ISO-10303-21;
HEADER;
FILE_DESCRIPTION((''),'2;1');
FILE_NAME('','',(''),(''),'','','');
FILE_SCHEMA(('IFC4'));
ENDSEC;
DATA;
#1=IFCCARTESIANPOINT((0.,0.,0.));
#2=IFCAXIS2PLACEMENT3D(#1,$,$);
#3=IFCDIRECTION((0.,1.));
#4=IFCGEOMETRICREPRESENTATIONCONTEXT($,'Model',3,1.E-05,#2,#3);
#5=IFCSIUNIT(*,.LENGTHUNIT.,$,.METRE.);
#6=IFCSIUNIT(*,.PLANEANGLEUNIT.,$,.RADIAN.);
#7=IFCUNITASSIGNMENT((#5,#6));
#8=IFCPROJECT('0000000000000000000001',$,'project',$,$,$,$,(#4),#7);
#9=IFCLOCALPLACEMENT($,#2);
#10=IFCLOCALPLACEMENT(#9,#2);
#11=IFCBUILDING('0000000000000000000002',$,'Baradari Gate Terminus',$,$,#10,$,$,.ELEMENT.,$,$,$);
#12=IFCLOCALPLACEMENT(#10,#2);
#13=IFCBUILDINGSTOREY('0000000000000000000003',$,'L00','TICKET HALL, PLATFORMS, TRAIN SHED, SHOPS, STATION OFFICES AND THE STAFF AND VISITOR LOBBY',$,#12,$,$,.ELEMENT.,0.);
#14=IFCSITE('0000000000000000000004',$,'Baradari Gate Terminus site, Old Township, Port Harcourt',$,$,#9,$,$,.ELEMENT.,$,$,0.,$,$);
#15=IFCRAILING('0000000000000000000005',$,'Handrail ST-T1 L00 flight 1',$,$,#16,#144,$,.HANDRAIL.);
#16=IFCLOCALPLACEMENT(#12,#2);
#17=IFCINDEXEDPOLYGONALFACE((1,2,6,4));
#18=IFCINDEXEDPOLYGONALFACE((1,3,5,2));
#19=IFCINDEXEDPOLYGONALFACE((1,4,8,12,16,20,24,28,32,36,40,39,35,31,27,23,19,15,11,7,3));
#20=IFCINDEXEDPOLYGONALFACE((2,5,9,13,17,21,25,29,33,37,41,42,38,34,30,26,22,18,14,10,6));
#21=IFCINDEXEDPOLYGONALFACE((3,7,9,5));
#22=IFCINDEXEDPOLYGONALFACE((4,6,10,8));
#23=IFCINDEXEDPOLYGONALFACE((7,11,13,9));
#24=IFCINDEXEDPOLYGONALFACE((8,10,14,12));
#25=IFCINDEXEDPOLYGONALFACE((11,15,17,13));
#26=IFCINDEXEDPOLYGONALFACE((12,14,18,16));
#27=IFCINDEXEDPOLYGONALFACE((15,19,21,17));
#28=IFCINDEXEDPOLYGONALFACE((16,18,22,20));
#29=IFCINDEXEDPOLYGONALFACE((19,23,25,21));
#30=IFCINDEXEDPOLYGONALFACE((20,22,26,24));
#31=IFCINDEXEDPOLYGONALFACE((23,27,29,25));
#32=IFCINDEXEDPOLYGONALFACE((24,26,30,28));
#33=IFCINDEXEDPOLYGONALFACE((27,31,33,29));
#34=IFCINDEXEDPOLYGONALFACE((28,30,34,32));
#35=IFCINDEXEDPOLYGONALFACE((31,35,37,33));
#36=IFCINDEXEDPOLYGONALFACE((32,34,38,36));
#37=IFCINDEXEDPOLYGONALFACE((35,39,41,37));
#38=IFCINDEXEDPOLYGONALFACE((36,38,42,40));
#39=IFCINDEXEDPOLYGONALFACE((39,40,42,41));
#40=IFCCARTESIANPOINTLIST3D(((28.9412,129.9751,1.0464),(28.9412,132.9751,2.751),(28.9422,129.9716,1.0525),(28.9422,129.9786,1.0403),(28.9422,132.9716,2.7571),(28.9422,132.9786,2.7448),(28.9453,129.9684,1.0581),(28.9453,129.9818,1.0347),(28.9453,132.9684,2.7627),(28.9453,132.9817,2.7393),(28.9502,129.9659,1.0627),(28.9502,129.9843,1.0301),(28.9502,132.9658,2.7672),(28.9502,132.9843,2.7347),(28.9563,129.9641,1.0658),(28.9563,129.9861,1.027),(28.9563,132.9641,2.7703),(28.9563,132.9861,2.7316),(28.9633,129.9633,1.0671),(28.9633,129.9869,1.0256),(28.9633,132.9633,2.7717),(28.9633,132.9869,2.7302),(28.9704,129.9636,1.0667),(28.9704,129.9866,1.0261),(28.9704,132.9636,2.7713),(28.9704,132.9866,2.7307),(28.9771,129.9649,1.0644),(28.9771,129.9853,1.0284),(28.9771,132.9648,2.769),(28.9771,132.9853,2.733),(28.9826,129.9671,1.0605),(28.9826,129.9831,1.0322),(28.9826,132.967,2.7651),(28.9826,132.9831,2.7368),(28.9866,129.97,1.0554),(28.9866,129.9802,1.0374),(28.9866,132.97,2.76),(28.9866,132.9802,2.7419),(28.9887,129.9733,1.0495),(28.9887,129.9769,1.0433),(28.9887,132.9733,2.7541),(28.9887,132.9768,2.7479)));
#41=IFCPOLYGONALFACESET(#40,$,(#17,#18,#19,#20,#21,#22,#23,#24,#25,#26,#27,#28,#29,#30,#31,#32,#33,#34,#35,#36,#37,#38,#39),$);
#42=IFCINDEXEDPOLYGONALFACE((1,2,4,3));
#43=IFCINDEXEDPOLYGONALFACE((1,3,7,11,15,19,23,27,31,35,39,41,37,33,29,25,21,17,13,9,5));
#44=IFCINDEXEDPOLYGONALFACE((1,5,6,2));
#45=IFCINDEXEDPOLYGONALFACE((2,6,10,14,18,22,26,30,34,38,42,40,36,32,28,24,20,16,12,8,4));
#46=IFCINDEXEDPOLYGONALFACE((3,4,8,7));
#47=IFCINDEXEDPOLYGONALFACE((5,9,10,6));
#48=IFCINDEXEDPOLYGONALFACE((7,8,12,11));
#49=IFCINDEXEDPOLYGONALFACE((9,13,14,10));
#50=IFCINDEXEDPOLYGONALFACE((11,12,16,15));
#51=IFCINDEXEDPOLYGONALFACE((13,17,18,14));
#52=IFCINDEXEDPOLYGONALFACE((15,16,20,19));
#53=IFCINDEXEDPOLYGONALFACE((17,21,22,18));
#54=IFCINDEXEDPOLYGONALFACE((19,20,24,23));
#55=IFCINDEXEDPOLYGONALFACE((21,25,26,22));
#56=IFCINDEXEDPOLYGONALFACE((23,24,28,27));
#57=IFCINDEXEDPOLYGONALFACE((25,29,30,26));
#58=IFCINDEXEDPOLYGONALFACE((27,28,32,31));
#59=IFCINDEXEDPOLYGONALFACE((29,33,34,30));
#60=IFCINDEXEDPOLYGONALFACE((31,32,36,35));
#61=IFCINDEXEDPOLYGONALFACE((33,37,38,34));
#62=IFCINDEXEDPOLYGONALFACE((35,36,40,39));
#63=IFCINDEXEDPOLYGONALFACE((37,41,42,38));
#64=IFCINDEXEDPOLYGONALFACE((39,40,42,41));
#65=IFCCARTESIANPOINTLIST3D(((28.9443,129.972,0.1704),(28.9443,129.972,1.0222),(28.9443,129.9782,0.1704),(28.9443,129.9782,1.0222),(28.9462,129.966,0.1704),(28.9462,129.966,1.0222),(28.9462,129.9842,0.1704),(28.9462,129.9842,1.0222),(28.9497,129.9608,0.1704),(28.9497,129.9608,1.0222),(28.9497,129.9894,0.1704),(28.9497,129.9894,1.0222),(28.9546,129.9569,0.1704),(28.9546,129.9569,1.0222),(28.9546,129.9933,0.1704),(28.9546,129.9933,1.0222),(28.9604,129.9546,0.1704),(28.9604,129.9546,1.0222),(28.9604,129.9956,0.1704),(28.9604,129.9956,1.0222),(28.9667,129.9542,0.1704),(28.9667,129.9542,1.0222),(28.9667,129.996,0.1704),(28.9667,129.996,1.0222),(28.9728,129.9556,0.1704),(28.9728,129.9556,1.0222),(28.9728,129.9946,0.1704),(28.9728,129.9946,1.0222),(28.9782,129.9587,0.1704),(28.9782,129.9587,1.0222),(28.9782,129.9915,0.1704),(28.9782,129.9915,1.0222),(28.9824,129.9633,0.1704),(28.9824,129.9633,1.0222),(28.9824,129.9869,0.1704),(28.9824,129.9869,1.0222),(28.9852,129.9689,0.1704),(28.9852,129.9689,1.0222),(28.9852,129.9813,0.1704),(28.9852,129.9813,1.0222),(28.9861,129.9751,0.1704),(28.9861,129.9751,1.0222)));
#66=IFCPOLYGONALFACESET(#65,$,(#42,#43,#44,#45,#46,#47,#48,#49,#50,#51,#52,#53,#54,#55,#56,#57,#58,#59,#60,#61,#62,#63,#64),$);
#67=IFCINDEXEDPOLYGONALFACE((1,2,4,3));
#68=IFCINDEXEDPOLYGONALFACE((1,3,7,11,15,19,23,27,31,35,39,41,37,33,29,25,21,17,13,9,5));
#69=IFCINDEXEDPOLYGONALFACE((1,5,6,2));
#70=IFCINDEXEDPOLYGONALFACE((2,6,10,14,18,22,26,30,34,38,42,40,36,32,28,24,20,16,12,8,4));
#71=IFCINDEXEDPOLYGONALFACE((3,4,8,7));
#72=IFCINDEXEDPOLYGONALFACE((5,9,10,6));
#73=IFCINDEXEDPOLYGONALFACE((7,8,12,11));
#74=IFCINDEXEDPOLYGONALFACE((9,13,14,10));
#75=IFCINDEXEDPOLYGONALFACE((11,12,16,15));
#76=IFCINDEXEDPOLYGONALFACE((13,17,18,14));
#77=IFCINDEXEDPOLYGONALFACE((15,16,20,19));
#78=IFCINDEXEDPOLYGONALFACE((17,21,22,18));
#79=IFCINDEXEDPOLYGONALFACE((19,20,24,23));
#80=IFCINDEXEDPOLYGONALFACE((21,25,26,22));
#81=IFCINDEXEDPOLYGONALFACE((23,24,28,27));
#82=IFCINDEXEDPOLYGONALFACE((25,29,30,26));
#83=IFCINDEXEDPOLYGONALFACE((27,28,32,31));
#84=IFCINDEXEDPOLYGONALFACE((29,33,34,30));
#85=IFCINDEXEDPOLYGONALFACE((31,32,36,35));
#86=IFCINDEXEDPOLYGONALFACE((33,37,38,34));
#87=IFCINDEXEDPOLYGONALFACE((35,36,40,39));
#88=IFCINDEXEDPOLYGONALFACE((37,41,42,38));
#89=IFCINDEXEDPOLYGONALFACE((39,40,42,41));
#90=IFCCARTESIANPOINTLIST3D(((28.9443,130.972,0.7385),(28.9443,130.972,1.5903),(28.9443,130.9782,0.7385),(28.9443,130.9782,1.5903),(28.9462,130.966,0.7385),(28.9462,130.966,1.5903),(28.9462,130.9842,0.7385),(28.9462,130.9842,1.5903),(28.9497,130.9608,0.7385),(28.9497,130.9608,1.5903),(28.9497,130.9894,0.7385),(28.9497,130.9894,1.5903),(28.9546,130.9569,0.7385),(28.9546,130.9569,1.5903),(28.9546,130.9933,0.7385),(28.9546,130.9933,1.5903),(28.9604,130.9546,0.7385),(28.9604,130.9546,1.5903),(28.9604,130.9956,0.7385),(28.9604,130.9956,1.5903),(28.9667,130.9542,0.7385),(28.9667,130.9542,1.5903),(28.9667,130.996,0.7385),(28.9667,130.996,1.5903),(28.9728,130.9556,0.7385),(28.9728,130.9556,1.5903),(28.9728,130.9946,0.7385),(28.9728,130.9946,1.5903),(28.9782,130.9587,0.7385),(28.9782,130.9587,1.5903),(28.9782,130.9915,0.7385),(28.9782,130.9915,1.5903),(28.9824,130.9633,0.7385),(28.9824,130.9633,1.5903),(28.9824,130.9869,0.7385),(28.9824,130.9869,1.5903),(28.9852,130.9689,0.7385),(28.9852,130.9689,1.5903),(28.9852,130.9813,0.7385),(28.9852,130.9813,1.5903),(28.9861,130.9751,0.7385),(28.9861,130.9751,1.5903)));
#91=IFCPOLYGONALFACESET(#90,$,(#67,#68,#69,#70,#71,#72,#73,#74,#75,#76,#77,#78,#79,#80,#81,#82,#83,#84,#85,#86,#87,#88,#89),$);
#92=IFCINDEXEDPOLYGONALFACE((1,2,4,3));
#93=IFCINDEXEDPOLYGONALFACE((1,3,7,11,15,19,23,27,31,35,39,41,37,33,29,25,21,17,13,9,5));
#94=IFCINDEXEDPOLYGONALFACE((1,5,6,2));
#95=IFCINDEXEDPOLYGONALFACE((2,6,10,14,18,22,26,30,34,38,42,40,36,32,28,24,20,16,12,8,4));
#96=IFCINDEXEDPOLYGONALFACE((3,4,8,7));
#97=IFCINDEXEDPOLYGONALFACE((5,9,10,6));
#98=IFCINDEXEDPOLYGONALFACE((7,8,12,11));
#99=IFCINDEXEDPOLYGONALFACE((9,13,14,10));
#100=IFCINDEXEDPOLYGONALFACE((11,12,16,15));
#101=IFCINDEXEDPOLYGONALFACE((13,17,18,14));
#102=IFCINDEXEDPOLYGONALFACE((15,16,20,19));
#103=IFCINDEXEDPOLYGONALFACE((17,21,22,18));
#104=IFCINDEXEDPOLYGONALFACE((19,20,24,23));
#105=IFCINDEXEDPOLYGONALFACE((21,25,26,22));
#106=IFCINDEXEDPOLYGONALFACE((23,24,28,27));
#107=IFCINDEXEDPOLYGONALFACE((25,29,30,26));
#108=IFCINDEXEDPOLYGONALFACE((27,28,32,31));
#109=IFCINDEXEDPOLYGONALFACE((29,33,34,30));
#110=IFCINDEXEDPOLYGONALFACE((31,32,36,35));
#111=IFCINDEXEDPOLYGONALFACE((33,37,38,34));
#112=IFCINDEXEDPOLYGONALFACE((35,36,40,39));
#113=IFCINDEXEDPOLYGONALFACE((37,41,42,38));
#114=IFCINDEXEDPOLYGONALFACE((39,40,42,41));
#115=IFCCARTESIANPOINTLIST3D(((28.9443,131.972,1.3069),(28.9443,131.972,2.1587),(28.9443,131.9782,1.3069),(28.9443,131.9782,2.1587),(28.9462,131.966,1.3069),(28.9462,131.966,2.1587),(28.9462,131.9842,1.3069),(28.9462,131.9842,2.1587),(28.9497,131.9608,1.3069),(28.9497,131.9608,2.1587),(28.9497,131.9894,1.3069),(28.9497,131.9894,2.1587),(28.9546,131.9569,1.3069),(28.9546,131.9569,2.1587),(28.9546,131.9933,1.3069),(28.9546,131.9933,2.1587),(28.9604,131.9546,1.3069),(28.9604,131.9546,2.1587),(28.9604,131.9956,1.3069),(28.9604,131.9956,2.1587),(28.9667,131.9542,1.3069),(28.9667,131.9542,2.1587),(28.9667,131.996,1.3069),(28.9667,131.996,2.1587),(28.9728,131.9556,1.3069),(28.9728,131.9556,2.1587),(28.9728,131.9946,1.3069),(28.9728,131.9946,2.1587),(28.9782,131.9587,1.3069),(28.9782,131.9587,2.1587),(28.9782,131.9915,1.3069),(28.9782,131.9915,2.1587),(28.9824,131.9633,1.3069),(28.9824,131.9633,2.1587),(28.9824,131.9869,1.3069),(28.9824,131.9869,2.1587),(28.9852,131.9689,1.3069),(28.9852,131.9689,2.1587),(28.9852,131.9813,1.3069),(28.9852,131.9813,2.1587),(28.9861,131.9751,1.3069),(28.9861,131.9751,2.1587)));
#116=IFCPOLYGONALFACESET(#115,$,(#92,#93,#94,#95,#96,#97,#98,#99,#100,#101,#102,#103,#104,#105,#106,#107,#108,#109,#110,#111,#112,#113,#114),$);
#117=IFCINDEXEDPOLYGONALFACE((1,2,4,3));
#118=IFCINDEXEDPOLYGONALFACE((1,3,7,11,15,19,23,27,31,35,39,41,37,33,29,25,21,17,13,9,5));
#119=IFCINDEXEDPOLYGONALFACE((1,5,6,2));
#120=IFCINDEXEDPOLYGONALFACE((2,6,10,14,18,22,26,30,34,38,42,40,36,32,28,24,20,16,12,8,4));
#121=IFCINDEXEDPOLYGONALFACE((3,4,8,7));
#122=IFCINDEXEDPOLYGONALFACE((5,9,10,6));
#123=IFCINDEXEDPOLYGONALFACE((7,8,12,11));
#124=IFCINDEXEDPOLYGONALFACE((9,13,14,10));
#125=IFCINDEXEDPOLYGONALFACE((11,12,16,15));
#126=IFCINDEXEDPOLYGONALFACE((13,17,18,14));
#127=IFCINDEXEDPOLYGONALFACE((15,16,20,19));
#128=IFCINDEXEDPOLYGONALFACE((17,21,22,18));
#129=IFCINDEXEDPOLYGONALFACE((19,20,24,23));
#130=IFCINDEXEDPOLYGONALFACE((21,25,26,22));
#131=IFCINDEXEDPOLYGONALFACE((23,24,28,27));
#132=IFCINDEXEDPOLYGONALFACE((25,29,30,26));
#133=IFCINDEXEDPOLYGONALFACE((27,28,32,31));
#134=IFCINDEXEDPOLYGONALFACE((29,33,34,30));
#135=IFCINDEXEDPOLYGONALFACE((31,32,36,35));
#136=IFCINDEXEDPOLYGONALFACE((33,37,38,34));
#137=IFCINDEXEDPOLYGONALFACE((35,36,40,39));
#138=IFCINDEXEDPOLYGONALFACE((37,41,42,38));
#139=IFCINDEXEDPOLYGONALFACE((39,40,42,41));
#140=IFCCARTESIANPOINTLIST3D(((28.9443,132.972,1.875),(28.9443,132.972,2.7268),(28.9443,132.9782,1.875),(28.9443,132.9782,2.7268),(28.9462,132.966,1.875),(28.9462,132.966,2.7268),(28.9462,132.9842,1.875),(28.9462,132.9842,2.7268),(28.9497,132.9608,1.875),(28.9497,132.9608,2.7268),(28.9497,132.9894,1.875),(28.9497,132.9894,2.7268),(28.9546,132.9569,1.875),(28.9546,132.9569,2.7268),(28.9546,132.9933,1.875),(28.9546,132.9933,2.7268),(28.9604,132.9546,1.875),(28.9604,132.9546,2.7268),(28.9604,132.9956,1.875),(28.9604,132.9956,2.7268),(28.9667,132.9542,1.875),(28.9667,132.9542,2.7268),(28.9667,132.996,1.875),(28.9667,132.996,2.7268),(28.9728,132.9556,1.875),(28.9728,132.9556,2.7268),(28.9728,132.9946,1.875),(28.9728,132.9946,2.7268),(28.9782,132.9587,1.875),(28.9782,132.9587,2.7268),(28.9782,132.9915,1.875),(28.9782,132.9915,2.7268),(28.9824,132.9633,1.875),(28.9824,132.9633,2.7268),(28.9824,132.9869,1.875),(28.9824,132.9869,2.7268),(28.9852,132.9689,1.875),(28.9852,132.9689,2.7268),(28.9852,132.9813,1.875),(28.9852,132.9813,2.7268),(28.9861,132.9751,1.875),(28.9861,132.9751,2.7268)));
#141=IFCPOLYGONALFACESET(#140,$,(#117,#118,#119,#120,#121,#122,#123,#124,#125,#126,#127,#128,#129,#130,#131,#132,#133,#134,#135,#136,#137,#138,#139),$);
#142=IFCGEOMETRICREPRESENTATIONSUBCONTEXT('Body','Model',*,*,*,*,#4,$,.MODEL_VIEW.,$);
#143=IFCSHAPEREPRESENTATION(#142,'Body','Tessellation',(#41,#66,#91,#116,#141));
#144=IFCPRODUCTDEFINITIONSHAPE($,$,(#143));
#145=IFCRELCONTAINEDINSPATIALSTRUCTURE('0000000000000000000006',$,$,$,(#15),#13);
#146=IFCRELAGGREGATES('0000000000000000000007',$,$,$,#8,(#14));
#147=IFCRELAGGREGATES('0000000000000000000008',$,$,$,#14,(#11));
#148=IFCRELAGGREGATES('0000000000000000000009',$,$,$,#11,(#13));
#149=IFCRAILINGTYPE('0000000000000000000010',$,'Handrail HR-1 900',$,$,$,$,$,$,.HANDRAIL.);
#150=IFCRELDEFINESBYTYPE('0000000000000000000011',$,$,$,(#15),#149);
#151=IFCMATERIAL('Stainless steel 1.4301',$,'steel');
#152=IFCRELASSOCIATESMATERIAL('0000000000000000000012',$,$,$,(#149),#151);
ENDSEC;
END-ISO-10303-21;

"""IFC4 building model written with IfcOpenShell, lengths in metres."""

from ifc_helpers import new_model, si_unit, direction, frame, origin, origin_2d, place, context, subcontext, project, spatial, circle, extrude, material, type_object, element, save


model = new_model("IFC4")

# Units and contexts
model_context = context("Model", 3, precision=1e-05, world=origin(), true_north=direction((0.0, 1.0)))
body_context = subcontext(model_context, "Body", "Model", "MODEL_VIEW")
ifc_project = project(units=[si_unit("LENGTHUNIT", "METRE"), si_unit("PLANEANGLEUNIT", "RADIAN")], contexts=[model_context])

# Site, building, storey
site_placement = place(None, origin())
site = spatial("IfcSite", under=ifc_project, at=site_placement, Name="Baradari Gate Terminus site, Old Township, Port Harcourt", CompositionType="ELEMENT", RefElevation=0.0)
building_placement = place(site_placement, origin())
building = spatial("IfcBuilding", under=site, at=building_placement, Name="Baradari Gate Terminus", CompositionType="ELEMENT")
storey_placement = place(building_placement, origin())
storey = spatial("IfcBuildingStorey", under=building, at=storey_placement, Name="L00", Description="TICKET HALL, PLATFORMS, TRAIN SHED, SHOPS, STATION OFFICES AND THE STAFF AND VISITOR LOBBY", CompositionType="ELEMENT", Elevation=0.0)

# Railing
ifc_material_1 = material(Name="Stainless steel 1.4301", Category="steel")
railing_type_1 = type_object("IfcRailingType", Name="Handrail HR-1 900", PredefinedType="HANDRAIL", material=ifc_material_1)
for number, where, name in (
    (1, (28.9651, 129.9751, 0.1704), "Handrail ST-T1 L00 flight 1"),
):
    element("IfcRailing", number, at=place(storey_placement, frame(where)), inside=storey, type_object=railing_type_1, Name=name, PredefinedType="HANDRAIL", context=body_context, shape_type="SweptSolid", body=[
        extrude(circle(Radius=0.0239, at=origin_2d()), frame((0.0, 0.0, 0.876), z_axis=(0.0, 0.869451, 0.494019), x_axis=(-1.0, 0.0, 0.0)), (0.0, 0.0, 1.0), 3.4504),
        extrude(circle(Radius=0.021, at=origin_2d()), origin(), (0.0, 0.0, 1.0), 0.8518),
        extrude(circle(Radius=0.021, at=origin_2d()), frame((0.0, 1.0, 0.5681)), (0.0, 0.0, 1.0), 0.8518),
        extrude(circle(Radius=0.021, at=origin_2d()), frame((0.0, 2.0, 1.1365)), (0.0, 0.0, 1.0), 0.8518),
        extrude(circle(Radius=0.021, at=origin_2d()), frame((0.0, 3.0, 1.7046)), (0.0, 0.0, 1.0), 0.8518),
    ])

save(model, "model.ifc")
